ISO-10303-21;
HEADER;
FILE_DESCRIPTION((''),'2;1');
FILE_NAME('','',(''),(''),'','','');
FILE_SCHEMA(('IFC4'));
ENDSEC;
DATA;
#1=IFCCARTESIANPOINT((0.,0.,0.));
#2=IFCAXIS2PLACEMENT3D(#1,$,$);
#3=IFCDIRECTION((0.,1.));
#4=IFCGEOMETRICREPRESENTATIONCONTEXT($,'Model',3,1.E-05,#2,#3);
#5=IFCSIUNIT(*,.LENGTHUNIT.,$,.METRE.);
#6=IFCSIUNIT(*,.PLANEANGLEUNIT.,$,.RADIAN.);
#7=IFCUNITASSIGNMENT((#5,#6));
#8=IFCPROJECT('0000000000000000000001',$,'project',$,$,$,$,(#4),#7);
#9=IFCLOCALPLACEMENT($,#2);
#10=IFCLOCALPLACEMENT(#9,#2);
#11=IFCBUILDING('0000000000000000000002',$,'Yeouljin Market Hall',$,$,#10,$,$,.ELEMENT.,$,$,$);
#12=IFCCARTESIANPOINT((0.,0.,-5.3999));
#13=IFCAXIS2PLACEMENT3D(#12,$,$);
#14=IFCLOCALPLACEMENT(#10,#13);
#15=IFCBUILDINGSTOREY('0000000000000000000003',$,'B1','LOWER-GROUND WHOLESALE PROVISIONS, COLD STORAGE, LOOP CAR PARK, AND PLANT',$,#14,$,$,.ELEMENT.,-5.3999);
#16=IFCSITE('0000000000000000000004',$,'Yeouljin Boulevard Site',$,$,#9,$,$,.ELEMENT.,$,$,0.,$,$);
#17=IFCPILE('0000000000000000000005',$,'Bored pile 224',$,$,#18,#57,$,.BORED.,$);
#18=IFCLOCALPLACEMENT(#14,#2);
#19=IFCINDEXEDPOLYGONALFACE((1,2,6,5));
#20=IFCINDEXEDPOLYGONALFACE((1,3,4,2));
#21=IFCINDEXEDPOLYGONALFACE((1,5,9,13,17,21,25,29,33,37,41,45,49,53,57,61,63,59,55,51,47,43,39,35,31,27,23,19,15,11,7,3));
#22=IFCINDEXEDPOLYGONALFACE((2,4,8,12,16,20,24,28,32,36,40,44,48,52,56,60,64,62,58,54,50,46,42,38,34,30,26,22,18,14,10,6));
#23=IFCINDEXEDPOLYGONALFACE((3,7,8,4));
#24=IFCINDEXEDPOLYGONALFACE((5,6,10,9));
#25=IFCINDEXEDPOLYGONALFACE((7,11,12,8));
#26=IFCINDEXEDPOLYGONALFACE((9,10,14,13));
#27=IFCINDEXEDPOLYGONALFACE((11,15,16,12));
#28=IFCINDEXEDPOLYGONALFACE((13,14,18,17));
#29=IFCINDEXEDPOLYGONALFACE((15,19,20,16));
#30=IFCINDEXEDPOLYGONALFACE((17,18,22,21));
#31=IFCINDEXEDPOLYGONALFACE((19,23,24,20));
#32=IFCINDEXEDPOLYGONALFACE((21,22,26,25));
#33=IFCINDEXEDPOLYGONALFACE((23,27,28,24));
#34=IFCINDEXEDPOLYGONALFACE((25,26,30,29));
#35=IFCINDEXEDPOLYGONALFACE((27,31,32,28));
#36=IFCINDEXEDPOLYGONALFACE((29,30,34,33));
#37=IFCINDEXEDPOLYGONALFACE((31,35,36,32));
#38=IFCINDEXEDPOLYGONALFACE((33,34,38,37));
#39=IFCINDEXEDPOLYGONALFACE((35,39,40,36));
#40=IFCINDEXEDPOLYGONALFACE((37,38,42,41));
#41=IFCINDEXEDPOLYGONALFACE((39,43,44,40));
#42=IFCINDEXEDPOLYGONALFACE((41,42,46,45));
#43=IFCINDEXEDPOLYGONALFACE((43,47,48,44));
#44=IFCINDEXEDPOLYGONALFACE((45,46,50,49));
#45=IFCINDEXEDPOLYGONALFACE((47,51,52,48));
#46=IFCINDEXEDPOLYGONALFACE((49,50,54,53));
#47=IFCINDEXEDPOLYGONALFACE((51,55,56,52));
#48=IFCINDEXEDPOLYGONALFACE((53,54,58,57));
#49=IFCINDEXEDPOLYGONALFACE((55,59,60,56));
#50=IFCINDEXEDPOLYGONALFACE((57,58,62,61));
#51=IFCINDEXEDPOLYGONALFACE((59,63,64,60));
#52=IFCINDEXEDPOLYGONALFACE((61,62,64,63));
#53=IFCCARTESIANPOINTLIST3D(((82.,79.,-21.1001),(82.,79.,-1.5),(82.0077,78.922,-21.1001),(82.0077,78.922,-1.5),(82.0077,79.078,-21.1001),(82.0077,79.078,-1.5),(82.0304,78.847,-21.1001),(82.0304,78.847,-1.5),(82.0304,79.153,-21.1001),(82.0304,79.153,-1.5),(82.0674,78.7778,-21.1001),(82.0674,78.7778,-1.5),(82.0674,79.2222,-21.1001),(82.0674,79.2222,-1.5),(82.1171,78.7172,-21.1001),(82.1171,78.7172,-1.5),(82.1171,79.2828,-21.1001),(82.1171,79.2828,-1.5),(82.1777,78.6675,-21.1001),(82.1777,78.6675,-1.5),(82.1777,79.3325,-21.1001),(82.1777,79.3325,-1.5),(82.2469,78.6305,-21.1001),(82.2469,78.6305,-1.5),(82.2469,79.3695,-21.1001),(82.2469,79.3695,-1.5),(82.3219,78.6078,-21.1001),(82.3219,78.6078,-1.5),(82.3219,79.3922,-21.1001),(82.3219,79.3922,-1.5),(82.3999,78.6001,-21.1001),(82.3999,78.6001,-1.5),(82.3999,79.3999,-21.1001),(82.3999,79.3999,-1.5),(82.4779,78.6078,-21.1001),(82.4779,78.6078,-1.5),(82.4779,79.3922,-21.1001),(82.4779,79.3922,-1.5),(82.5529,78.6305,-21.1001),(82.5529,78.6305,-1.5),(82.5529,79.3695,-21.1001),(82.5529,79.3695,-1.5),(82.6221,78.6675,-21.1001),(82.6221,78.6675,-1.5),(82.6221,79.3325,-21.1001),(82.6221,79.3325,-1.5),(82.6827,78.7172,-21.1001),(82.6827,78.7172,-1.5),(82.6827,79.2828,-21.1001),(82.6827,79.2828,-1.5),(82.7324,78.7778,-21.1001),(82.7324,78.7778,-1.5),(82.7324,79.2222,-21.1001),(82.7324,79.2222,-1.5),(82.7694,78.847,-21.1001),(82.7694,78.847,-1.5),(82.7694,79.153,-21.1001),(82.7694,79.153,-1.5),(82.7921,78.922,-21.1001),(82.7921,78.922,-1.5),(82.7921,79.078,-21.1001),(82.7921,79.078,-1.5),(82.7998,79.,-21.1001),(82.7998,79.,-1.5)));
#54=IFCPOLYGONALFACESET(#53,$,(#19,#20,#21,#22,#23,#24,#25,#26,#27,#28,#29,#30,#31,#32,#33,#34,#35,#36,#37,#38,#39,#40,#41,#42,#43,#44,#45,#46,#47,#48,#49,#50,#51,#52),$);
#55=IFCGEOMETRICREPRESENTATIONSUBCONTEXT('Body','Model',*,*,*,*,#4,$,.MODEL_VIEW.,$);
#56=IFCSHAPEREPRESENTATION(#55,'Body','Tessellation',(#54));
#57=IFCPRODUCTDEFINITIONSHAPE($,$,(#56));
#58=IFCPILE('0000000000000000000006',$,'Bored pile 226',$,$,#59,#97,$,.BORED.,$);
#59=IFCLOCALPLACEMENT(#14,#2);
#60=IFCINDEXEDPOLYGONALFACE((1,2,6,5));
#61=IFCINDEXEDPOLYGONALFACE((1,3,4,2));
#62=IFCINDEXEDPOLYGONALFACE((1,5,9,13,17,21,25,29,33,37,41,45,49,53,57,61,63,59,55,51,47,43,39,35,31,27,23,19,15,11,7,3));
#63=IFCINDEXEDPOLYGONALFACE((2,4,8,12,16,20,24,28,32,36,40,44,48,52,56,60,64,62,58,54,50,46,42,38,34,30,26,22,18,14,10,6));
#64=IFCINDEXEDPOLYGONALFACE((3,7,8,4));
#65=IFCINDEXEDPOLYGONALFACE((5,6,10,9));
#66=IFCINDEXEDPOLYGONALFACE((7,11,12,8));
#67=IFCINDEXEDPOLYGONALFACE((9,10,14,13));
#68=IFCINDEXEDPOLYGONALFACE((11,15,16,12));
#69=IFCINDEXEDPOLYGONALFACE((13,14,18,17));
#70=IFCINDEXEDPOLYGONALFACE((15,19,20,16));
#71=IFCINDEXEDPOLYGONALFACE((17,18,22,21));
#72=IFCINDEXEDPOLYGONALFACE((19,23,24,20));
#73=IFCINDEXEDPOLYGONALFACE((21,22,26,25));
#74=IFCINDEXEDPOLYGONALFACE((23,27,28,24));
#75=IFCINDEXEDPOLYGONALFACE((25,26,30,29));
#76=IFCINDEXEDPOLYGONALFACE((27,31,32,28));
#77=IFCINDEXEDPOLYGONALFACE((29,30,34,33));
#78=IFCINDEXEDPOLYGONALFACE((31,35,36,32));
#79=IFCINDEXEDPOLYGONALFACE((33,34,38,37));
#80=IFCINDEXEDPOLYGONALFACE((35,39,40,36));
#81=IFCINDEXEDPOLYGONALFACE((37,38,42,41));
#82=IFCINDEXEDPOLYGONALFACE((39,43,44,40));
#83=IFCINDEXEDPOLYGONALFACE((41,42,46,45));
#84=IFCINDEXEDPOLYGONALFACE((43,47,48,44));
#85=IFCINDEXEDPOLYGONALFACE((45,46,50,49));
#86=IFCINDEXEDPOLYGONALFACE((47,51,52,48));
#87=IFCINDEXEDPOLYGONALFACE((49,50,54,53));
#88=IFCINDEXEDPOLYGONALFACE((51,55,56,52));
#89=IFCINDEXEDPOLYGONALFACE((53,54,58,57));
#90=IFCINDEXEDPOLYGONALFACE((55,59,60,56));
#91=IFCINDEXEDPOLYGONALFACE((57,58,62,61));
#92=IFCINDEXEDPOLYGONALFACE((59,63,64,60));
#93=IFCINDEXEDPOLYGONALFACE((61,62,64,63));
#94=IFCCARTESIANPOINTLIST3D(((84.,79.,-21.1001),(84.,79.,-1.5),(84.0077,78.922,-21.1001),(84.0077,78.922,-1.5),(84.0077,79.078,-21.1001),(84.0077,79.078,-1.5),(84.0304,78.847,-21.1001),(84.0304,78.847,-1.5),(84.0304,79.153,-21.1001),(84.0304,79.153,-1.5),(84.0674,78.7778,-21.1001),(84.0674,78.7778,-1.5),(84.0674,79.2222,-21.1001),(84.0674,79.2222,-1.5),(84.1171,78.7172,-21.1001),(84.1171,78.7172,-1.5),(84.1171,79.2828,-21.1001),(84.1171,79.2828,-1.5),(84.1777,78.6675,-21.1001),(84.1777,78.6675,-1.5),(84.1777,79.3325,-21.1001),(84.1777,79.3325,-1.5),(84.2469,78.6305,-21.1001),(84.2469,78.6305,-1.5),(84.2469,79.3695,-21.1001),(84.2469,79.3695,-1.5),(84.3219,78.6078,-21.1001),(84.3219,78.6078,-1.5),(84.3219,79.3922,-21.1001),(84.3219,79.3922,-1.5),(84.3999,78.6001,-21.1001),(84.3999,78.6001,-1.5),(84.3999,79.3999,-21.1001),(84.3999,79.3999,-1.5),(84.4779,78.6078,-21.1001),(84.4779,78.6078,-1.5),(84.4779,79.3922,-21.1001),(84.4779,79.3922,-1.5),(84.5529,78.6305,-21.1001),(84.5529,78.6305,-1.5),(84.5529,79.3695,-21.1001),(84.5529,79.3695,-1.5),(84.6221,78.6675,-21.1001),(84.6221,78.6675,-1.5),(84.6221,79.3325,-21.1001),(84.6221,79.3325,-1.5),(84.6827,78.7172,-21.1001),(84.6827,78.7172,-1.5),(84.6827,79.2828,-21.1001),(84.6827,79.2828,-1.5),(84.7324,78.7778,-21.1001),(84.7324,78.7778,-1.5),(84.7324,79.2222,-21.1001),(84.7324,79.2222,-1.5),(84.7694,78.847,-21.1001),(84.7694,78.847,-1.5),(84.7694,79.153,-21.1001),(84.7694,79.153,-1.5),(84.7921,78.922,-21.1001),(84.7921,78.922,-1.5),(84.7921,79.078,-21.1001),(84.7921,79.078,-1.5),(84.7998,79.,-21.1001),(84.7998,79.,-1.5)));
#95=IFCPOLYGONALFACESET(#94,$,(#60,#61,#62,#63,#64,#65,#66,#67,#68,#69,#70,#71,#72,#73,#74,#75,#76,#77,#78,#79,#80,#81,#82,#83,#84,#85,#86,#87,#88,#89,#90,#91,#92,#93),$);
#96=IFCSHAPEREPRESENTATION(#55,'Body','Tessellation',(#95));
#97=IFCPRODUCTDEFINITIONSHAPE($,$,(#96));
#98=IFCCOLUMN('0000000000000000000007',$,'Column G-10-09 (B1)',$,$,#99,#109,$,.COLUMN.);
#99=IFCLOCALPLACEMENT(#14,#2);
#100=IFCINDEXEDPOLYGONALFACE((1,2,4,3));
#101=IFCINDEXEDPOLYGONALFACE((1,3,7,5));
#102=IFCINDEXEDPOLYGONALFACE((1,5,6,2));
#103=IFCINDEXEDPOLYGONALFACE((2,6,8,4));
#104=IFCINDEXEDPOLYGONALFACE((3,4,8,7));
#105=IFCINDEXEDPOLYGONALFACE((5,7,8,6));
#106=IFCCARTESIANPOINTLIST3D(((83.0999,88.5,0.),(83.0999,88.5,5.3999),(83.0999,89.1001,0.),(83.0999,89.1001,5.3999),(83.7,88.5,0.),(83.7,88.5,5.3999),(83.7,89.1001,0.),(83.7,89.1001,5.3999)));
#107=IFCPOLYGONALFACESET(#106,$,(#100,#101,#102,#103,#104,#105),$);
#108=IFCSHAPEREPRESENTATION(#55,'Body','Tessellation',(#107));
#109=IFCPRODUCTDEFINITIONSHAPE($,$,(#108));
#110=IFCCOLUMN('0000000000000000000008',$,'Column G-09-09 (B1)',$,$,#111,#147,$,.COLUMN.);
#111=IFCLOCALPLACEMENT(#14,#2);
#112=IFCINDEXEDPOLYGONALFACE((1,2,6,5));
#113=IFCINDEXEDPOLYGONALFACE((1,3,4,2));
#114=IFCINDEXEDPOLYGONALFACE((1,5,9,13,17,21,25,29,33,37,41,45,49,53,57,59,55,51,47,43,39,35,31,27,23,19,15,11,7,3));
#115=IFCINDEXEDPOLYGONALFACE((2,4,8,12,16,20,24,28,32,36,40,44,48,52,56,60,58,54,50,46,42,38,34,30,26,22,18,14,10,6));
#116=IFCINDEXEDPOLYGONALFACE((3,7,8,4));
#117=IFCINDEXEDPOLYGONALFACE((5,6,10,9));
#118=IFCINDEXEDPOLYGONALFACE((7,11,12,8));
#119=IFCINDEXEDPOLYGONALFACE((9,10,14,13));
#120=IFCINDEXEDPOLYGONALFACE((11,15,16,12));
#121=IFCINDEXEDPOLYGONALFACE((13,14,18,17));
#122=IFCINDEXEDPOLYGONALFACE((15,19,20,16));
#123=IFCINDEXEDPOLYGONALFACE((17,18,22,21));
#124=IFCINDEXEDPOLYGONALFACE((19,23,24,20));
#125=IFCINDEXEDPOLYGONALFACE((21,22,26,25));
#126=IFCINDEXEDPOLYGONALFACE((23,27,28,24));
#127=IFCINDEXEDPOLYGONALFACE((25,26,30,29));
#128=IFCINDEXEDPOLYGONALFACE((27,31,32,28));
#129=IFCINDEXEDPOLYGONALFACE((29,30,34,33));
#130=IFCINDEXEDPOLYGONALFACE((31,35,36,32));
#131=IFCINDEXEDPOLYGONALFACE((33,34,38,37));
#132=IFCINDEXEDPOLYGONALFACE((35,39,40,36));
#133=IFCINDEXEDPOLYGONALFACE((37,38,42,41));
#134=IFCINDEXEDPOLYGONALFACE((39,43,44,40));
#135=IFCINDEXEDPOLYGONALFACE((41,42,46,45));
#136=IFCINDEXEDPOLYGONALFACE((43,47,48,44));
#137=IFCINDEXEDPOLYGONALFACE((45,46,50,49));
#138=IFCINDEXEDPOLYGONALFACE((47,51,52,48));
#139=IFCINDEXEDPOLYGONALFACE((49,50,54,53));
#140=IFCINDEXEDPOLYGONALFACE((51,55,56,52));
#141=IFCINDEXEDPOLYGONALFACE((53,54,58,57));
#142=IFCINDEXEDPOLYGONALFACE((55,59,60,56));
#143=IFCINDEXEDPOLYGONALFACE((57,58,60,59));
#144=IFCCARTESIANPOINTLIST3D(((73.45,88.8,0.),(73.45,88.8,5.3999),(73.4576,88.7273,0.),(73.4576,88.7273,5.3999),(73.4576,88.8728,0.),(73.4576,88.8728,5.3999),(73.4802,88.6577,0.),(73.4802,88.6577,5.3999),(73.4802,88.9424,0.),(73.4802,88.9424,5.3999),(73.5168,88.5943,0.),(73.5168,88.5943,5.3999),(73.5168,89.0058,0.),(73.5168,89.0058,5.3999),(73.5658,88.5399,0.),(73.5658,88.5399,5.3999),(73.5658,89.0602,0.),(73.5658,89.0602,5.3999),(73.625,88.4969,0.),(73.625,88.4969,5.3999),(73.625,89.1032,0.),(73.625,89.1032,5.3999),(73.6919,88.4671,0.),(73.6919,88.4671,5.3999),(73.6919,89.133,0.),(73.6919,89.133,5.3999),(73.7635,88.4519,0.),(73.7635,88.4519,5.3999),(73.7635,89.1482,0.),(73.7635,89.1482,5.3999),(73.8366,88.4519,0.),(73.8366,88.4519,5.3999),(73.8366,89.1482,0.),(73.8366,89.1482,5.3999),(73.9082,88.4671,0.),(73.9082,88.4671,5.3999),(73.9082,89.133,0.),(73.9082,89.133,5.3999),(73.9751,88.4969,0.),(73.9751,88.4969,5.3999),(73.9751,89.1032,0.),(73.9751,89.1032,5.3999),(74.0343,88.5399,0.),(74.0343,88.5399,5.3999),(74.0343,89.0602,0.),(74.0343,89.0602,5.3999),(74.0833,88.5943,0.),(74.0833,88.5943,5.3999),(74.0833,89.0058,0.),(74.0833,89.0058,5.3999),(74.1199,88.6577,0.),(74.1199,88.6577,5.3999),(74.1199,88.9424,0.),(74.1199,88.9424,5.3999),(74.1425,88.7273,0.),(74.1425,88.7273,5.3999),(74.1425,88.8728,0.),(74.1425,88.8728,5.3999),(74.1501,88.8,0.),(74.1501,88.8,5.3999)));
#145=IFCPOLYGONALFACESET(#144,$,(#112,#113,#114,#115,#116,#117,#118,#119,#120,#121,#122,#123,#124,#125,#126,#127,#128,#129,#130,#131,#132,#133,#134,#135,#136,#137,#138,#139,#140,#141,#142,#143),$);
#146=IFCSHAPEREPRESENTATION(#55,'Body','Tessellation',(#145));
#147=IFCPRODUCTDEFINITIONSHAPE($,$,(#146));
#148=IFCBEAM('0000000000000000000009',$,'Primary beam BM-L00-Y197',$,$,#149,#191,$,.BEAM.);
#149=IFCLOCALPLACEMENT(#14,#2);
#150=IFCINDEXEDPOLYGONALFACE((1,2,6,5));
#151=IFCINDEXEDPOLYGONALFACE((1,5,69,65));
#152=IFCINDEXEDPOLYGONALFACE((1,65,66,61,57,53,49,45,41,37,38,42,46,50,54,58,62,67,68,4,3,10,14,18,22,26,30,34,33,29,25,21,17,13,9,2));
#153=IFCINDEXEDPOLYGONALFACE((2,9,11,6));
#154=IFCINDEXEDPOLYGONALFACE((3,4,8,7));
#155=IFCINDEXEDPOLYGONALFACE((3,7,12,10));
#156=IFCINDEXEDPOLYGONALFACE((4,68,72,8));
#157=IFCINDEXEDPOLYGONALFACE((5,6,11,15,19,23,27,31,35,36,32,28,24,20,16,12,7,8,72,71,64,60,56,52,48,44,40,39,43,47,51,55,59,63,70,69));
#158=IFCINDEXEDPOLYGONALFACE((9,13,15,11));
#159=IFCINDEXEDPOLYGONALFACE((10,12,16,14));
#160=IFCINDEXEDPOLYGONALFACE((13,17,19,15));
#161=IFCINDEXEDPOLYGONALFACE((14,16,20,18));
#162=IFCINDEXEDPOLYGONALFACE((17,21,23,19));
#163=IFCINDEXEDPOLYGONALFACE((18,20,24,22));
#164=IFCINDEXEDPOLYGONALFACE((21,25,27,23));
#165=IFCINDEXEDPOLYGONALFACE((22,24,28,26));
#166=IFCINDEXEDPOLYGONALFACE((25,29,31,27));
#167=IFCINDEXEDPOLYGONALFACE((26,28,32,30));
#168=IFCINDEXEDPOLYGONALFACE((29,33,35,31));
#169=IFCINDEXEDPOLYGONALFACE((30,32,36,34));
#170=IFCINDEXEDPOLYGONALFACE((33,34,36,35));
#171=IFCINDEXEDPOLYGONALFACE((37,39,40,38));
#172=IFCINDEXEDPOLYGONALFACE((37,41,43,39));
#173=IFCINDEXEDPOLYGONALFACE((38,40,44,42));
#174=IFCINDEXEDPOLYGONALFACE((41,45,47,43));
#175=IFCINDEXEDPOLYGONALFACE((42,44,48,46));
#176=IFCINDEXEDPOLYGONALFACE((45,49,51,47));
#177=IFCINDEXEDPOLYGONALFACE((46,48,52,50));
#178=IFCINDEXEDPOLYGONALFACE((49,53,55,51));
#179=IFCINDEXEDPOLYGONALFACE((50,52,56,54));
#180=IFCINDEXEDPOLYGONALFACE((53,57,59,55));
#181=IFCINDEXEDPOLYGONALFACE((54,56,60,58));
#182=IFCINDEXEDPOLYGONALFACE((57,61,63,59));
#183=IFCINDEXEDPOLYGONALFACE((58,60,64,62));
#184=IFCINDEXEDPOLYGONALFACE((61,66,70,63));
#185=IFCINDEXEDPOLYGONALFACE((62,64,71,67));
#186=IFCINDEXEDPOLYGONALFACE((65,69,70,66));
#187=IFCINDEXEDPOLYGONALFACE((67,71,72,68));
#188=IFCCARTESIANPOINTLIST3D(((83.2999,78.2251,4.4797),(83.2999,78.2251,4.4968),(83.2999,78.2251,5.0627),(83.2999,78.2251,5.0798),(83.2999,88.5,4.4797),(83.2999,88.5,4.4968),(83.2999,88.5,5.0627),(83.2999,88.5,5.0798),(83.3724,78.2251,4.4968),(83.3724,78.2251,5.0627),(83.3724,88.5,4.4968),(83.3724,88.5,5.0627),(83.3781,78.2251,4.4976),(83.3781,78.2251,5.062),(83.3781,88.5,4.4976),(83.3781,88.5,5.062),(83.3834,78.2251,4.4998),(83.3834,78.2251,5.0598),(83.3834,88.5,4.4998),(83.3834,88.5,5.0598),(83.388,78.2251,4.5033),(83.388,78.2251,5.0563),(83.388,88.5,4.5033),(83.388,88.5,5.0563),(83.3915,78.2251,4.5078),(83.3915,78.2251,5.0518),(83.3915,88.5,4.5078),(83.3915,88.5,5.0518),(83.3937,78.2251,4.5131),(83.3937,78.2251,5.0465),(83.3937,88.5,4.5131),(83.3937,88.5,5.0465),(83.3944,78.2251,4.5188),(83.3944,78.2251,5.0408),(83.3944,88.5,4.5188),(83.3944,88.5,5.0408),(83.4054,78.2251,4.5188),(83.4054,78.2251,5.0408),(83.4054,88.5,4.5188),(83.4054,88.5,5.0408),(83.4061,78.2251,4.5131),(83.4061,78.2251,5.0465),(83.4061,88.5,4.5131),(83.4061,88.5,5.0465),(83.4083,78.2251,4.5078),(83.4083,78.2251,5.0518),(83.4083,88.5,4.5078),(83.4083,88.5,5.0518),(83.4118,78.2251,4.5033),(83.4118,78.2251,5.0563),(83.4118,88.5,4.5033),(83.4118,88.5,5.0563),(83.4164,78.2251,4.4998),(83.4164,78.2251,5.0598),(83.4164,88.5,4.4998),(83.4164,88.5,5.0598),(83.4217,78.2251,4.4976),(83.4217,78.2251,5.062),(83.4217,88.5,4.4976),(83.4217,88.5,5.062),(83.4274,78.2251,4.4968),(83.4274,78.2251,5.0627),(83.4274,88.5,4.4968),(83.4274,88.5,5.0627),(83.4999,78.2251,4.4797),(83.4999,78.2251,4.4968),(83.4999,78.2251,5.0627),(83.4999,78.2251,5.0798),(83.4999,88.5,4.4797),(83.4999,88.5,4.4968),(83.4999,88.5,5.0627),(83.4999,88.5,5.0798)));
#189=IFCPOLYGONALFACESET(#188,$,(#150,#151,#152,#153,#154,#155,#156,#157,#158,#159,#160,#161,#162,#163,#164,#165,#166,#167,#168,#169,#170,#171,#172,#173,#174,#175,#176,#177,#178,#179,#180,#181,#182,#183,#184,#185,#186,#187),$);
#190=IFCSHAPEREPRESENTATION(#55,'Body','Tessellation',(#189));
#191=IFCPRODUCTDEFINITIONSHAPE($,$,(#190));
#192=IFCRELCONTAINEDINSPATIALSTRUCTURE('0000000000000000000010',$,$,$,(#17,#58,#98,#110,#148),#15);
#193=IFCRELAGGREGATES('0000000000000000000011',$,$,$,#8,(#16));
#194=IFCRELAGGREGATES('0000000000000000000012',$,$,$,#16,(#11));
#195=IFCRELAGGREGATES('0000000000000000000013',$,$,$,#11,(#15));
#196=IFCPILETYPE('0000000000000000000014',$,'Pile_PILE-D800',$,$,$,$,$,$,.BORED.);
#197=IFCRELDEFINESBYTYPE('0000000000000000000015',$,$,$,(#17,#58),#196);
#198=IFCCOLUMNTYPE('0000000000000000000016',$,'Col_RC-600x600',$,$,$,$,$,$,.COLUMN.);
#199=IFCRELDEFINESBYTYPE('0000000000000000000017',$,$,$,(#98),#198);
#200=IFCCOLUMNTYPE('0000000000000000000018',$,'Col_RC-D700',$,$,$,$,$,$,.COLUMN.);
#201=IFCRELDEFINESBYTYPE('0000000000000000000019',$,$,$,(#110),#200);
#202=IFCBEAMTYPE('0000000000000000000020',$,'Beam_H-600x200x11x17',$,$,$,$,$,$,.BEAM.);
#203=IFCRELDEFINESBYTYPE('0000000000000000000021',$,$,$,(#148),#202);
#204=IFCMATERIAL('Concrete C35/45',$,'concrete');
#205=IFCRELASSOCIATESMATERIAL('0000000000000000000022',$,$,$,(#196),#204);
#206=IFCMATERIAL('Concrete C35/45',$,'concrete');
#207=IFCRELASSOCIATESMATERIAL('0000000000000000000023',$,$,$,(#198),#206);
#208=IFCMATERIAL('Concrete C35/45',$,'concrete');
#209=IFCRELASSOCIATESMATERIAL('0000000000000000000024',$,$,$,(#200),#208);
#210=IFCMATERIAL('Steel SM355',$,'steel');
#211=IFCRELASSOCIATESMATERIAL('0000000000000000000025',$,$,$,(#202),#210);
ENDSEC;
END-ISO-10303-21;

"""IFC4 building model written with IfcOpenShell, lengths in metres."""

from ifc_helpers import new_model, si_unit, direction, frame, origin, origin_2d, place, context, subcontext, project, spatial, rectangle, circle, i_section, extrude, material, material_profile, profile_set, type_object, element, save


model = new_model("IFC4")

# Units and contexts
model_context = context("Model", 3, precision=1e-05, world=origin(), true_north=direction((0.0, 1.0)))
body_context = subcontext(model_context, "Body", "Model", "MODEL_VIEW")
ifc_project = project(units=[si_unit("LENGTHUNIT", "METRE"), si_unit("PLANEANGLEUNIT", "RADIAN")], contexts=[model_context])

# Site, building, storey
site_placement = place(None, origin())
site = spatial("IfcSite", under=ifc_project, at=site_placement, Name="Yeouljin Boulevard Site", CompositionType="ELEMENT", RefElevation=0.0)
building_placement = place(site_placement, origin())
building = spatial("IfcBuilding", under=site, at=building_placement, Name="Yeouljin Market Hall", CompositionType="ELEMENT")
storey_placement = place(building_placement, frame((0.0, 0.0, -5.3999)))
storey = spatial("IfcBuildingStorey", under=building, at=storey_placement, Name="B1", Description="LOWER-GROUND WHOLESALE PROVISIONS, COLD STORAGE, LOOP CAR PARK, AND PLANT", CompositionType="ELEMENT", Elevation=-5.3999)

# Piles
ifc_material_1 = material(Name="Concrete C35/45", Category="concrete")
ifc_material_profile_1 = material_profile(ifc_material_1, circle(Radius=0.3999, at=origin_2d()), Name="PILE-D800")
ifc_profile_set_1 = profile_set([ifc_material_profile_1], Name="Concrete C35/45")
pile_type_1 = type_object("IfcPileType", Name="Pile_PILE-D800", PredefinedType="BORED", material=ifc_profile_set_1)
for number, where, z_axis, x_axis, name in (
    (1, (82.3999, 79.0, -1.5), (0.0, 0.0, -1.0), (1.0, 0.0, 0.0), "Bored pile 224"),
    (2, (84.3999, 79.0, -1.5), (0.0, 0.0, -1.0), (1.0, 0.0, 0.0), "Bored pile 226"),
):
    element("IfcPile", number, at=place(storey_placement, frame(where, z_axis=z_axis, x_axis=x_axis)), inside=storey, type_object=pile_type_1, Name=name, PredefinedType="BORED", context=body_context, shape_type="SweptSolid", body=[
        extrude(circle(Radius=0.3999, at=origin_2d()), origin(), (0.0, 0.0, 1.0), 19.6001),
    ])

# Columns
ifc_material_2 = material(Name="Concrete C35/45", Category="concrete")
ifc_material_profile_2 = material_profile(ifc_material_2, rectangle(XDim=0.6001, YDim=0.6001, at=origin_2d()), Name="RC-600x600")
ifc_profile_set_2 = profile_set([ifc_material_profile_2], Name="Concrete C35/45")
column_type_1 = type_object("IfcColumnType", Name="Col_RC-600x600", PredefinedType="COLUMN", material=ifc_profile_set_2)
column_1_placement = place(storey_placement, frame((83.3999, 88.8, 0.0), z_axis=(0.0, 0.0, 1.0), x_axis=(1.0, 0.0, 0.0)))
element("IfcColumn", 3, at=column_1_placement, inside=storey, type_object=column_type_1, Name="Column G-10-09 (B1)", PredefinedType="COLUMN", context=body_context, shape_type="SweptSolid", body=[
    extrude(rectangle(XDim=0.6001, YDim=0.6001, at=origin_2d()), origin(), (0.0, 0.0, 1.0), 5.3999),
])
ifc_material_3 = material(Name="Concrete C35/45", Category="concrete")
ifc_material_profile_3 = material_profile(ifc_material_3, circle(Radius=0.3501, at=origin_2d()), Name="RC-D700")
ifc_profile_set_3 = profile_set([ifc_material_profile_3], Name="Concrete C35/45")
column_type_2 = type_object("IfcColumnType", Name="Col_RC-D700", PredefinedType="COLUMN", material=ifc_profile_set_3)
column_2_placement = place(storey_placement, frame((73.8, 88.8, 0.0), z_axis=(0.0, 0.0, 1.0), x_axis=(1.0, 0.0, 0.0)))
element("IfcColumn", 4, at=column_2_placement, inside=storey, type_object=column_type_2, Name="Column G-09-09 (B1)", PredefinedType="COLUMN", context=body_context, shape_type="SweptSolid", body=[
    extrude(circle(Radius=0.3501, at=origin_2d()), origin(), (0.0, 0.0, 1.0), 5.3999),
])

# Beam
ifc_material_4 = material(Name="Steel SM355", Category="steel")
ifc_material_profile_4 = material_profile(ifc_material_4, i_section(OverallWidth=0.2, OverallDepth=0.6001, WebThickness=0.011, FlangeThickness=0.0171, FilletRadius=0.022, at=origin_2d()), Name="H-600x200x11x17")
ifc_profile_set_4 = profile_set([ifc_material_profile_4], Name="Steel SM355")
beam_type_1 = type_object("IfcBeamType", Name="Beam_H-600x200x11x17", PredefinedType="BEAM", material=ifc_profile_set_4)
beam_1_placement = place(storey_placement, frame((83.3999, 78.2251, 4.7798), z_axis=(0.0, 1.0, 0.0), x_axis=(-1.0, 0.0, 0.0)))
element("IfcBeam", 5, at=beam_1_placement, inside=storey, type_object=beam_type_1, Name="Primary beam BM-L00-Y197", PredefinedType="BEAM", context=body_context, shape_type="SweptSolid", body=[
    extrude(i_section(OverallWidth=0.2, OverallDepth=0.6001, WebThickness=0.011, FlangeThickness=0.0171, FilletRadius=0.022, at=origin_2d()), origin(), (0.0, 0.0, 1.0), 10.2749),
])

save(model, "model.ifc")
